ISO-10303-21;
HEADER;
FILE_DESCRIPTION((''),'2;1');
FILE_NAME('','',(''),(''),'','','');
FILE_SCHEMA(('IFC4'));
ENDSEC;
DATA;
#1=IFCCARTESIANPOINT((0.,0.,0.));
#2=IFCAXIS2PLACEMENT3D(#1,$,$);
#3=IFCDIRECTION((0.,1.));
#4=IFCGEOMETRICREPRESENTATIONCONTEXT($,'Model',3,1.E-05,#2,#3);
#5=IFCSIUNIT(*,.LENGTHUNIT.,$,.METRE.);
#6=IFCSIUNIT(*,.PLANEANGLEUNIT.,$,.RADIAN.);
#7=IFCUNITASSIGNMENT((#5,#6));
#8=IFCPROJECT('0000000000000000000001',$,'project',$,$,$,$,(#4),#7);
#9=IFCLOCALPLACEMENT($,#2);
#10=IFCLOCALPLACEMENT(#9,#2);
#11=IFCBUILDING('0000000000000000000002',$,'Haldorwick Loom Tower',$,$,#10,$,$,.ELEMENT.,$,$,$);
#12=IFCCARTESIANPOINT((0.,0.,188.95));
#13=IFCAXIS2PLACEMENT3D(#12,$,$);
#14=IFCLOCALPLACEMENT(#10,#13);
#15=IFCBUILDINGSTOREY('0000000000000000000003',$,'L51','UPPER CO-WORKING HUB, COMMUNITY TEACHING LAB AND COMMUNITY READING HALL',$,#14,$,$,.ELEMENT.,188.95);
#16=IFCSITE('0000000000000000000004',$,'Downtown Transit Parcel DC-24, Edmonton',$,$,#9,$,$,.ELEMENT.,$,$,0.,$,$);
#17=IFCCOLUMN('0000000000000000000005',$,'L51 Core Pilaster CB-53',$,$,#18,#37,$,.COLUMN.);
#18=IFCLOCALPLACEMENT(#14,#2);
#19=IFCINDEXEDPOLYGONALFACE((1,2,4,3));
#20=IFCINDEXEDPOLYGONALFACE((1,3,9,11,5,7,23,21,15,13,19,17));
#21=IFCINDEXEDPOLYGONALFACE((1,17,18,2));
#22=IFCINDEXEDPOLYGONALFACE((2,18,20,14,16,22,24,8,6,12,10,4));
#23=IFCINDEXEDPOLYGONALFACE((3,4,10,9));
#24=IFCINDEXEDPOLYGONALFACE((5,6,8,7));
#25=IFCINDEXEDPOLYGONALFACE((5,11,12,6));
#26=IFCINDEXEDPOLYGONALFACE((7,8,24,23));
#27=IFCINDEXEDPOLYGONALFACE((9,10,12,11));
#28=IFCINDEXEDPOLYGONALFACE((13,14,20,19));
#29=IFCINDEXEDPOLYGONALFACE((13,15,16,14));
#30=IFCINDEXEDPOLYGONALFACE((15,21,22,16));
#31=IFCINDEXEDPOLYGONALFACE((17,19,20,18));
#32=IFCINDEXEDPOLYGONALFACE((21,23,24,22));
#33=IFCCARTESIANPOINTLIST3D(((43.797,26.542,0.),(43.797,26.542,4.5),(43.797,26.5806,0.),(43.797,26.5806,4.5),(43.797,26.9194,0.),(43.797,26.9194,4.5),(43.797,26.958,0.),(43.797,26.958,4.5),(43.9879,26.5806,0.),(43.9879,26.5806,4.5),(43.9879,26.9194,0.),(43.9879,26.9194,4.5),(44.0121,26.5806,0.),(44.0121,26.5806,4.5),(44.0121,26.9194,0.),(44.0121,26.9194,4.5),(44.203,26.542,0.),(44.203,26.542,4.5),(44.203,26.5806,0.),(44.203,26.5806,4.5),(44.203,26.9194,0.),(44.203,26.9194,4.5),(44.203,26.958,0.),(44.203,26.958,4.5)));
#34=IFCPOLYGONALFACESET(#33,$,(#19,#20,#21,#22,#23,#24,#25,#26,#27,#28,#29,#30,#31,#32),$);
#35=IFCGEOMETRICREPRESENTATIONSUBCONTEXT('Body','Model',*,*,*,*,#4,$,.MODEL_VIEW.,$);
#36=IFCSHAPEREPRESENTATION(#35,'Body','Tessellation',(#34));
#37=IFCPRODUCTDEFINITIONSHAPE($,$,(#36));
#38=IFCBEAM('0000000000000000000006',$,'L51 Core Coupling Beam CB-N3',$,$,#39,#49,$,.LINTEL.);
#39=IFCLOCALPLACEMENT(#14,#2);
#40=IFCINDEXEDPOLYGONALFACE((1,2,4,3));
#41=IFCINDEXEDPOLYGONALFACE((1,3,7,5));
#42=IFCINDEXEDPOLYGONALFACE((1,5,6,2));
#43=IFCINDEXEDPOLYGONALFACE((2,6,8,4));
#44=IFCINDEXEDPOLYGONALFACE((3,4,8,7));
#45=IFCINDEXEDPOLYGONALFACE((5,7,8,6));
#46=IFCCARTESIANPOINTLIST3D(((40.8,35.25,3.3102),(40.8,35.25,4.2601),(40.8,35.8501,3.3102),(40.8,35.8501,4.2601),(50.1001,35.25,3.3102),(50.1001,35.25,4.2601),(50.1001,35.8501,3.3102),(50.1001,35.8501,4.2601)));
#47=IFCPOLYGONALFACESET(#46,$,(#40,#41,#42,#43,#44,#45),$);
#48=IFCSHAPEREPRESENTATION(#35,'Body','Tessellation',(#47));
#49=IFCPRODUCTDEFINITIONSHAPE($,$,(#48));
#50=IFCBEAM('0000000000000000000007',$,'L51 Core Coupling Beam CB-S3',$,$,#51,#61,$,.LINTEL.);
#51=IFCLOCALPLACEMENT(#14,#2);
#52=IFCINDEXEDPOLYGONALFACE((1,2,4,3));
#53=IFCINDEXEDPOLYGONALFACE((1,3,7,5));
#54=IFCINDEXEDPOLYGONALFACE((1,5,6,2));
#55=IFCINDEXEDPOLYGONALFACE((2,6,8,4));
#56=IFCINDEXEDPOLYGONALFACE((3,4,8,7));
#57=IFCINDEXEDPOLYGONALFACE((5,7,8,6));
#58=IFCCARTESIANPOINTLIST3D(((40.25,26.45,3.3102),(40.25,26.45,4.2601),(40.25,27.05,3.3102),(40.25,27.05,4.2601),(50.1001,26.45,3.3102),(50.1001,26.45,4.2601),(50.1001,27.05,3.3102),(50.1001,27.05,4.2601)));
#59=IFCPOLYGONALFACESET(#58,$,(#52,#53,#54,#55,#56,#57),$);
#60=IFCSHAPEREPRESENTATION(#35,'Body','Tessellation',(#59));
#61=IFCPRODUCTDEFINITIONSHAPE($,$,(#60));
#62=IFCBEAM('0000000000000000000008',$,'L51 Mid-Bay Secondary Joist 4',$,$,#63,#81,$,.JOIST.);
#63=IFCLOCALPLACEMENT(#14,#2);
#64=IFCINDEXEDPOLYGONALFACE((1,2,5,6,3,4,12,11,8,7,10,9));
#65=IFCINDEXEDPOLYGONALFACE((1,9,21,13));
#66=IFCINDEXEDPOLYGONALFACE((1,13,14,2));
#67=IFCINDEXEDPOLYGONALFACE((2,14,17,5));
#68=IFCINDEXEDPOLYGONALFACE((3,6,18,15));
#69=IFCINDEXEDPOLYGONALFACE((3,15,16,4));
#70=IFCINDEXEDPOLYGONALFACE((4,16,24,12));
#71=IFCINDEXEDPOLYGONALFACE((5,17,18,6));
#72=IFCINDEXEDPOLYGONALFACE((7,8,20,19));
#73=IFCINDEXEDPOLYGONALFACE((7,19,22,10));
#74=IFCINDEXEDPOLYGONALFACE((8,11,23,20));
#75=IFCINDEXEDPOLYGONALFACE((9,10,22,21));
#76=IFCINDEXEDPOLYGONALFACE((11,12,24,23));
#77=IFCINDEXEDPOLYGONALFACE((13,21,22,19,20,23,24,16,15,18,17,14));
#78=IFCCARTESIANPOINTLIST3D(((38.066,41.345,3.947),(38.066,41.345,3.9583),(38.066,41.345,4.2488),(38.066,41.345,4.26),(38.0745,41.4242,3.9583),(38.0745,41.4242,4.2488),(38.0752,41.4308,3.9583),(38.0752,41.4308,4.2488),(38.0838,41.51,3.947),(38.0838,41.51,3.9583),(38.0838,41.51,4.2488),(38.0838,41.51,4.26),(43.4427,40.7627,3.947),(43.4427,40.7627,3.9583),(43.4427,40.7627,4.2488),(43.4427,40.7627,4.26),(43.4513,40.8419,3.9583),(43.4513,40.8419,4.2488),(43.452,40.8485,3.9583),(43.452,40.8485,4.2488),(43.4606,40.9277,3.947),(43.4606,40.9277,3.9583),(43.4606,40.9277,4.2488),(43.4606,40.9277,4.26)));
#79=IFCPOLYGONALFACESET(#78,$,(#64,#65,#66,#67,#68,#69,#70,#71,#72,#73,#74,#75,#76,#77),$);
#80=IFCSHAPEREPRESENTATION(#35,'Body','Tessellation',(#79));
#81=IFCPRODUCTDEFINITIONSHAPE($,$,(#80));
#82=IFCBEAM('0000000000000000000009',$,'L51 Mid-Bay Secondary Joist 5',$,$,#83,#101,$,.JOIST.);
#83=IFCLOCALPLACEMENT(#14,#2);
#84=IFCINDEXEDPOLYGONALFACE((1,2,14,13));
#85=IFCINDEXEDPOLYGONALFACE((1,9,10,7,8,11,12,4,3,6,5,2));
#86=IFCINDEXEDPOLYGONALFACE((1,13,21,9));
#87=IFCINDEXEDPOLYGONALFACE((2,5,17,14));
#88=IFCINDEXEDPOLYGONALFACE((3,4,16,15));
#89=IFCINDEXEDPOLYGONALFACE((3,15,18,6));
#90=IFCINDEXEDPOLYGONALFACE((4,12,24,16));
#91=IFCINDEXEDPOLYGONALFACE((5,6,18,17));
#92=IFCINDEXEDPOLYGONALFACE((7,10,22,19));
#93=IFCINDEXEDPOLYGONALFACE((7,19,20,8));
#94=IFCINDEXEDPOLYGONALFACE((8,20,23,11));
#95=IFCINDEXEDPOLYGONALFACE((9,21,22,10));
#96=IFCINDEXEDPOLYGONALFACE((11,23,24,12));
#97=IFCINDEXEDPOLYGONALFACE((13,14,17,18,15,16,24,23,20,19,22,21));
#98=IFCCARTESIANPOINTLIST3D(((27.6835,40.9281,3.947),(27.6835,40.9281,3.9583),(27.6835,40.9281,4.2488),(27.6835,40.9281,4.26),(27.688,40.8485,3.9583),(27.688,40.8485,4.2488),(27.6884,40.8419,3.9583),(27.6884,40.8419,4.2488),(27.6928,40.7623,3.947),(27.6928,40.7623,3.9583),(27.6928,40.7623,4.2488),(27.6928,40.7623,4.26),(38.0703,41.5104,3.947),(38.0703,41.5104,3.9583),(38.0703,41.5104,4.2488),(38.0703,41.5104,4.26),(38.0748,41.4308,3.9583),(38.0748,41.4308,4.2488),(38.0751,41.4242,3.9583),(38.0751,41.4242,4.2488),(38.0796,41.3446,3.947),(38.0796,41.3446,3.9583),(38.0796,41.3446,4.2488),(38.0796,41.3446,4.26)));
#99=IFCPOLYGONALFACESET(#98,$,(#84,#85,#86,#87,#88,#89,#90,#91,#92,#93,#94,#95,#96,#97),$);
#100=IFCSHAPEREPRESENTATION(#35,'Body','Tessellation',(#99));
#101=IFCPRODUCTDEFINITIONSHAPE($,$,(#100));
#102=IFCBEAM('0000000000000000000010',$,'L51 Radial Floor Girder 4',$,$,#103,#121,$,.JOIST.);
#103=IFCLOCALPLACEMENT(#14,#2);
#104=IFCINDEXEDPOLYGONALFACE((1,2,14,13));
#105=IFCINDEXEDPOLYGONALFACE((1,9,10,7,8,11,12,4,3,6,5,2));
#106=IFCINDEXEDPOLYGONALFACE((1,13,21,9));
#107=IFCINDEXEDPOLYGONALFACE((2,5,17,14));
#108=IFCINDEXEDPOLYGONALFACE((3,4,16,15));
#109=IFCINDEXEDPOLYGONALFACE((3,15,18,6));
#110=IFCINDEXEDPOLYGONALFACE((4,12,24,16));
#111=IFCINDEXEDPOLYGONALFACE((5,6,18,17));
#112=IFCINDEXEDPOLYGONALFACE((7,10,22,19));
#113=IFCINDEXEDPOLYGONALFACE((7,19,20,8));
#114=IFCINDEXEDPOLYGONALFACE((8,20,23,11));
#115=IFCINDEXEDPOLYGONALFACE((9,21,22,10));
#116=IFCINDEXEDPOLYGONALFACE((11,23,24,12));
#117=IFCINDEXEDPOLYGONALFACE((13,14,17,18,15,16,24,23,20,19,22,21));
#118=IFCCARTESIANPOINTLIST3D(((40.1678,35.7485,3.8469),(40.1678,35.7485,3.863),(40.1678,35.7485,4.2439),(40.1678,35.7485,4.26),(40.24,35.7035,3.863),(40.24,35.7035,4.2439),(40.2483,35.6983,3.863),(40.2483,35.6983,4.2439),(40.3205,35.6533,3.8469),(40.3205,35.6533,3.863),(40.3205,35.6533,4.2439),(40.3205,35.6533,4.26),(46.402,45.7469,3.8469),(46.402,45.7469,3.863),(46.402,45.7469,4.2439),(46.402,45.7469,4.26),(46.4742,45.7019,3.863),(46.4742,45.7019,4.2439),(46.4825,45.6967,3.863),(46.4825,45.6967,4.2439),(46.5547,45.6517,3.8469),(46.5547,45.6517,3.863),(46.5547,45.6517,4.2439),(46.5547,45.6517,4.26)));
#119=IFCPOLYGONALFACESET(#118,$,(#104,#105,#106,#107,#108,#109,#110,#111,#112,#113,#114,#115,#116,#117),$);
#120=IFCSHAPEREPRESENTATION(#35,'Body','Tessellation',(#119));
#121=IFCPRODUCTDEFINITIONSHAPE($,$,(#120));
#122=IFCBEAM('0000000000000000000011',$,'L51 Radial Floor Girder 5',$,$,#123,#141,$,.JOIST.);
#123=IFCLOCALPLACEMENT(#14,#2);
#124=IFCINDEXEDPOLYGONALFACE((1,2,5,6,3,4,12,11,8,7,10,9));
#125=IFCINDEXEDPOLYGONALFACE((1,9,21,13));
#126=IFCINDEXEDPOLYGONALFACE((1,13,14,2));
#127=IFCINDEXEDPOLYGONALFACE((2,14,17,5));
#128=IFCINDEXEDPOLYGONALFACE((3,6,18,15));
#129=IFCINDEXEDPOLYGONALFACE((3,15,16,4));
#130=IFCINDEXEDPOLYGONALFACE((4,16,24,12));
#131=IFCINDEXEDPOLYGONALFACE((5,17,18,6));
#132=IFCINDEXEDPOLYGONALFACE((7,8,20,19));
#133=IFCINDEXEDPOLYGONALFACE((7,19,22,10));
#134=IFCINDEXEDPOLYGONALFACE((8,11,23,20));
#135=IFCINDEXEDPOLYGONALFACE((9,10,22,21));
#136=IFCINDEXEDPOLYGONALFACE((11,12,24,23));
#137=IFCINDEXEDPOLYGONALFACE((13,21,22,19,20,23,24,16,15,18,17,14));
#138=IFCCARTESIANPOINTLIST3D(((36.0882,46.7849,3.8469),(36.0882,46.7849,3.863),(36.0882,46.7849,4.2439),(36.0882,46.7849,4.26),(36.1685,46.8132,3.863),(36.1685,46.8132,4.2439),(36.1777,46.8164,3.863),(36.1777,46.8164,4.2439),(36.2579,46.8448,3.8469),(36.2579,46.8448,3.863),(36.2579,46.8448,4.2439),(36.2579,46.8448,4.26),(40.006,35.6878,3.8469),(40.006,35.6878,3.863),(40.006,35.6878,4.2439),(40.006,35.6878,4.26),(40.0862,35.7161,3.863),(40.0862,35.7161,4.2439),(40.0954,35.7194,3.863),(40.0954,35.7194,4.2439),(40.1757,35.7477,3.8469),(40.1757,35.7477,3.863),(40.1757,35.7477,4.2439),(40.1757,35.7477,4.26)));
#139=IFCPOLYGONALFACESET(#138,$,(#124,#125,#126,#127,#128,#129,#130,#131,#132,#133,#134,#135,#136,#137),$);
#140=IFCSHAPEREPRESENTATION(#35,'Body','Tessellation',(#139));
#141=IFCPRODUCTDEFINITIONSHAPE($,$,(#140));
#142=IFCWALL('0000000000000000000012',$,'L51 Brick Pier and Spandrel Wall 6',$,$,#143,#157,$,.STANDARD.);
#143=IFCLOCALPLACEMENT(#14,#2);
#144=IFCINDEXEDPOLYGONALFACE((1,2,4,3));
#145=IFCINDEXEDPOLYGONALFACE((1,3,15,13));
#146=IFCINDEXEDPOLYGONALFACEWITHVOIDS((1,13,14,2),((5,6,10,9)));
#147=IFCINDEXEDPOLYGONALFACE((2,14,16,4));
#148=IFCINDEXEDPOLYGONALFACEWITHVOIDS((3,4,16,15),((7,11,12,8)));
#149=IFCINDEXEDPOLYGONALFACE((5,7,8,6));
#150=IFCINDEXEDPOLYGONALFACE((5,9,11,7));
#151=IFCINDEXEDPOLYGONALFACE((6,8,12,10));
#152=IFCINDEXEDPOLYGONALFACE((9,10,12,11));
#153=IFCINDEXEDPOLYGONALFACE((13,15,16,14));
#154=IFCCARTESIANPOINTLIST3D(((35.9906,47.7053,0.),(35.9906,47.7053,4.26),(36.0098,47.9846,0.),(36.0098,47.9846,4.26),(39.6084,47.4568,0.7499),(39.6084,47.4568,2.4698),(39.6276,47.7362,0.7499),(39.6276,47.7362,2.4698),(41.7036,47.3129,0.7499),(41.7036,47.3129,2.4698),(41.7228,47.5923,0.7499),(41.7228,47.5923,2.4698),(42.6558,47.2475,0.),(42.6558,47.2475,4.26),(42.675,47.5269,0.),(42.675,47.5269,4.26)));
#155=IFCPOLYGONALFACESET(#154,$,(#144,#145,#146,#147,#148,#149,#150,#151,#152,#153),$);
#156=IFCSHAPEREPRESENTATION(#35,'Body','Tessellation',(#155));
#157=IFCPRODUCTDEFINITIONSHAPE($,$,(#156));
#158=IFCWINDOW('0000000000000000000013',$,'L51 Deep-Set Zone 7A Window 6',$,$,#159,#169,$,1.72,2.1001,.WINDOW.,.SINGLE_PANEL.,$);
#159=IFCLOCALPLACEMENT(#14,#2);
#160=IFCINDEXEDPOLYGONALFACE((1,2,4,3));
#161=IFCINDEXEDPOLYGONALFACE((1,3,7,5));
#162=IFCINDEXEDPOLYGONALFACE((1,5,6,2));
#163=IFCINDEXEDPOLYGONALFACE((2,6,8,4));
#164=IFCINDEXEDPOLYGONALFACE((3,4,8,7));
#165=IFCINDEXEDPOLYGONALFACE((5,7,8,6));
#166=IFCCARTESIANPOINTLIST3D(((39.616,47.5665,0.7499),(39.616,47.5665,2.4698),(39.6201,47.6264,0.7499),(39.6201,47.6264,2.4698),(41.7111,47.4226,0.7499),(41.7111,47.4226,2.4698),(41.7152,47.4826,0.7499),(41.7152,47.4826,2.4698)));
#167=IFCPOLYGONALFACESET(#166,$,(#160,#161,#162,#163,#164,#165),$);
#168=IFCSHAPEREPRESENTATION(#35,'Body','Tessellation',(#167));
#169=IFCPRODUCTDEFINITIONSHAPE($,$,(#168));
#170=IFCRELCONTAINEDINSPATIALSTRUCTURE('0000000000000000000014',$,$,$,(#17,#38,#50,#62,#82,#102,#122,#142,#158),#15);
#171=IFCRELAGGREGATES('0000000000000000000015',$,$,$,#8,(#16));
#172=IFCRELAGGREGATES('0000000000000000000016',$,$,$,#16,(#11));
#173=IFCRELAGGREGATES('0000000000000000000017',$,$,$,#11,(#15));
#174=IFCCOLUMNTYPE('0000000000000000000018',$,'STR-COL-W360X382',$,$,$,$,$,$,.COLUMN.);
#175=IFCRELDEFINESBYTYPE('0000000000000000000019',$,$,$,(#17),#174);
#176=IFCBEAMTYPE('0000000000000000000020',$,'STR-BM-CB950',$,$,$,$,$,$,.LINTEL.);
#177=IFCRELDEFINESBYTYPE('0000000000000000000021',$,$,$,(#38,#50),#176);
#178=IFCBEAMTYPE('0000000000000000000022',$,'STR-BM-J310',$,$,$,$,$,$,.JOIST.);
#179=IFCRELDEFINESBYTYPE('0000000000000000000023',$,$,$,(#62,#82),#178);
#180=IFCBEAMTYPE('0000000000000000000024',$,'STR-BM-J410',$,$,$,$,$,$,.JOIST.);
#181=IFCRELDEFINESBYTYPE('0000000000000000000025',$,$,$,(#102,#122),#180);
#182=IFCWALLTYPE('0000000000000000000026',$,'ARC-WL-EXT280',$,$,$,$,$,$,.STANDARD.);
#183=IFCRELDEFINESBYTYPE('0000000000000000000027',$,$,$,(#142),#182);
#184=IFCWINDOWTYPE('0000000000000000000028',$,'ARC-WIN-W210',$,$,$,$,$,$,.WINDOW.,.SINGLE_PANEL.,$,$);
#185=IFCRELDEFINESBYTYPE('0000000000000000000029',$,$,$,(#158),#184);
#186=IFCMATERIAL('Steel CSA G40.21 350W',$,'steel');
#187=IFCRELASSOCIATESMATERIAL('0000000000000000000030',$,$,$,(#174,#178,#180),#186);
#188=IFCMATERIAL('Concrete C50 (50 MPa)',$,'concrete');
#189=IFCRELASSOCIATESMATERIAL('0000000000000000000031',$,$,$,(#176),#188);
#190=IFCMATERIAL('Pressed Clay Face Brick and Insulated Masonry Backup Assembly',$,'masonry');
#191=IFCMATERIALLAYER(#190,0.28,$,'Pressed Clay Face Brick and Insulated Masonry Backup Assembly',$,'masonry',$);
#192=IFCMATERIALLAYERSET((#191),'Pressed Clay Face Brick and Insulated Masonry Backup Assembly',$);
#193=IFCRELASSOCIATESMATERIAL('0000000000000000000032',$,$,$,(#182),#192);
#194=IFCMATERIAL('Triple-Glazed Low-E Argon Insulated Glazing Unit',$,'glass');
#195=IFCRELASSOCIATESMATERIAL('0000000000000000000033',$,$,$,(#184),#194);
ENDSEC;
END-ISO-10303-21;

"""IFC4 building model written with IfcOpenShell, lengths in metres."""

from ifc_helpers import new_model, si_unit, direction, frame, frame_2d, origin, origin_2d, place, context, subcontext, project, spatial, rectangle, i_section, extrude, material, layer, layer_set, material_profile, profile_set, type_object, element, fill, save


model = new_model("IFC4")

# Units and contexts
model_context = context("Model", 3, precision=1e-05, world=origin(), true_north=direction((0.0, 1.0)))
body_context = subcontext(model_context, "Body", "Model", "MODEL_VIEW")
ifc_project = project(units=[si_unit("LENGTHUNIT", "METRE"), si_unit("PLANEANGLEUNIT", "RADIAN")], contexts=[model_context])

# Site, building, storey
site_placement = place(None, origin())
site = spatial("IfcSite", under=ifc_project, at=site_placement, Name="Downtown Transit Parcel DC-24, Edmonton", CompositionType="ELEMENT", RefElevation=0.0)
building_placement = place(site_placement, origin())
building = spatial("IfcBuilding", under=site, at=building_placement, Name="Haldorwick Loom Tower", CompositionType="ELEMENT")
storey_placement = place(building_placement, frame((0.0, 0.0, 188.95)))
storey = spatial("IfcBuildingStorey", under=building, at=storey_placement, Name="L51", Description="UPPER CO-WORKING HUB, COMMUNITY TEACHING LAB AND COMMUNITY READING HALL", CompositionType="ELEMENT", Elevation=188.95)

# Column
ifc_material_1 = material(Name="Steel CSA G40.21 350W", Category="steel")
ifc_material_profile_1 = material_profile(ifc_material_1, i_section(OverallWidth=0.406, OverallDepth=0.416, WebThickness=0.0242, FlangeThickness=0.0386, at=origin_2d()), Name="W360X382", Category="steel")
ifc_profile_set_1 = profile_set([ifc_material_profile_1], Name="Steel CSA G40.21 350W")
column_type_1 = type_object("IfcColumnType", Name="STR-COL-W360X382", PredefinedType="COLUMN", material=ifc_profile_set_1)
for number, where, z_axis, x_axis, name in (
    (1, (44.0, 26.75, 0.0), (0.0, 0.0, 1.0), (1.0, 0.0, 0.0), "L51 Core Pilaster CB-53"),
):
    element("IfcColumn", number, at=place(storey_placement, frame(where, z_axis=z_axis, x_axis=x_axis)), inside=storey, type_object=column_type_1, Name=name, PredefinedType="COLUMN", context=body_context, shape_type="SweptSolid", body=[
        extrude(i_section(OverallWidth=0.406, OverallDepth=0.416, WebThickness=0.0242, FlangeThickness=0.0386, at=origin_2d()), origin(), (0.0, 0.0, 1.0), 4.5),
    ])

# Beams
ifc_material_2 = material(Name="Concrete C50 (50 MPa)", Category="concrete")
ifc_material_profile_2 = material_profile(ifc_material_2, rectangle(XDim=0.6001, YDim=0.95, at=origin_2d()), Name="RC600X950", Category="concrete")
ifc_profile_set_2 = profile_set([ifc_material_profile_2], Name="Concrete C50 (50 MPa)")
beam_type_1 = type_object("IfcBeamType", Name="STR-BM-CB950", PredefinedType="LINTEL", material=ifc_profile_set_2)
beam_1_placement = place(storey_placement, frame((40.8, 35.55, 3.7852), z_axis=(1.0, 0.0, 0.0), x_axis=(0.0, 1.0, 0.0)))
element("IfcBeam", 2, at=beam_1_placement, inside=storey, type_object=beam_type_1, Name="L51 Core Coupling Beam CB-N3", PredefinedType="LINTEL", context=body_context, shape_type="SweptSolid", body=[
    extrude(rectangle(XDim=0.6001, YDim=0.95, at=origin_2d()), origin(), (0.0, 0.0, 1.0), 9.3),
])
beam_2_placement = place(storey_placement, frame((40.25, 26.75, 3.7852), z_axis=(1.0, 0.0, 0.0), x_axis=(0.0, 1.0, 0.0)))
element("IfcBeam", 3, at=beam_2_placement, inside=storey, type_object=beam_type_1, Name="L51 Core Coupling Beam CB-S3", PredefinedType="LINTEL", context=body_context, shape_type="SweptSolid", body=[
    extrude(rectangle(XDim=0.6001, YDim=0.95, at=origin_2d()), origin(), (0.0, 0.0, 1.0), 9.8501),
])
ifc_material_profile_3 = material_profile(ifc_material_1, i_section(OverallWidth=0.166, OverallDepth=0.313, WebThickness=0.0066, FlangeThickness=0.0112, at=origin_2d()), Name="W310X45", Category="steel")
ifc_profile_set_3 = profile_set([ifc_material_profile_3], Name="Steel CSA G40.21 350W")
beam_type_2 = type_object("IfcBeamType", Name="STR-BM-J310", PredefinedType="JOIST", material=ifc_profile_set_3)
beam_3_placement = place(storey_placement, frame((43.4517, 40.8452, 4.1035), z_axis=(-0.994187, 0.107666, 0.0), x_axis=(-0.107666, -0.994187, 0.0)))
element("IfcBeam", 4, at=beam_3_placement, inside=storey, type_object=beam_type_2, Name="L51 Mid-Bay Secondary Joist 4", PredefinedType="JOIST", context=body_context, shape_type="SweptSolid", body=[
    extrude(i_section(OverallWidth=0.166, OverallDepth=0.313, WebThickness=0.0066, FlangeThickness=0.0112, at=origin_2d()), origin(), (0.0, 0.0, 1.0), 5.4082),
])
beam_4_placement = place(storey_placement, frame((38.075, 41.4275, 4.1035), z_axis=(-0.998432, -0.055972, 0.0), x_axis=(0.055972, -0.998432, 0.0)))
element("IfcBeam", 5, at=beam_4_placement, inside=storey, type_object=beam_type_2, Name="L51 Mid-Bay Secondary Joist 5", PredefinedType="JOIST", context=body_context, shape_type="SweptSolid", body=[
    extrude(i_section(OverallWidth=0.166, OverallDepth=0.313, WebThickness=0.0066, FlangeThickness=0.0112, at=origin_2d()), origin(), (0.0, 0.0, 1.0), 10.4031),
])
ifc_material_profile_4 = material_profile(ifc_material_1, i_section(OverallWidth=0.1799, OverallDepth=0.4131, WebThickness=0.0098, FlangeThickness=0.0161, at=origin_2d()), Name="W410X74", Category="steel")
ifc_profile_set_4 = profile_set([ifc_material_profile_4], Name="Steel CSA G40.21 350W")
beam_type_3 = type_object("IfcBeamType", Name="STR-BM-J410", PredefinedType="JOIST", material=ifc_profile_set_4)
beam_5_placement = place(storey_placement, frame((40.2441, 35.7009, 4.0535), z_axis=(0.529095, 0.848562, 0.0), x_axis=(-0.848562, 0.529095, 0.0)))
element("IfcBeam", 6, at=beam_5_placement, inside=storey, type_object=beam_type_3, Name="L51 Radial Floor Girder 4", PredefinedType="JOIST", context=body_context, shape_type="SweptSolid", body=[
    extrude(i_section(OverallWidth=0.1799, OverallDepth=0.4131, WebThickness=0.0098, FlangeThickness=0.0161, at=origin_2d()), origin(), (0.0, 0.0, 1.0), 11.7827),
])
beam_6_placement = place(storey_placement, frame((40.0908, 35.7178, 4.0535), z_axis=(-0.332908, 0.942959, 0.0), x_axis=(-0.942959, -0.332908, 0.0)))
element("IfcBeam", 7, at=beam_6_placement, inside=storey, type_object=beam_type_3, Name="L51 Radial Floor Girder 5", PredefinedType="JOIST", context=body_context, shape_type="SweptSolid", body=[
    extrude(i_section(OverallWidth=0.1799, OverallDepth=0.4131, WebThickness=0.0098, FlangeThickness=0.0161, at=origin_2d()), origin(), (0.0, 0.0, 1.0), 11.7683),
])

# Wall, opening, window
ifc_material_3 = material(Name="Pressed Clay Face Brick and Insulated Masonry Backup Assembly", Category="masonry")
ifc_layer_1 = layer(ifc_material_3, 0.28, Name="Pressed Clay Face Brick and Insulated Masonry Backup Assembly", Category="masonry")
ifc_layer_set_1 = layer_set([ifc_layer_1], Name="Pressed Clay Face Brick and Insulated Masonry Backup Assembly")
wall_type_1 = type_object("IfcWallType", Name="ARC-WL-EXT280", PredefinedType="STANDARD", material=ifc_layer_set_1)
wall_1_placement = place(storey_placement, frame((42.6653, 47.3872, 0.0), z_axis=(0.0, 0.0, 1.0), x_axis=(-0.99765, 0.068517, 0.0)))
wall_1 = element("IfcWall", 8, at=wall_1_placement, inside=storey, type_object=wall_type_1, Name="L51 Brick Pier and Spandrel Wall 6", PredefinedType="STANDARD", context=body_context, shape_type="SweptSolid", body=[
    extrude(rectangle(XDim=6.6809, YDim=0.28, at=frame_2d((3.3403, 0.0))), origin(), (0.0, 0.0, 1.0), 4.26),
])
opening_1_placement = place(wall_1_placement, frame((0.9543, 0.0, 0.75)))
opening_1 = element("IfcOpeningElement", 9, at=opening_1_placement, cuts=wall_1, PredefinedType="OPENING", context=body_context, shape_type="SweptSolid", body=[
    extrude(rectangle(XDim=2.1001, YDim=1.72, at=frame_2d((1.05, 0.8599))), frame((0.0, 0.1499, 0.0), z_axis=(0.0, -1.0, 0.0), x_axis=(1.0, 0.0, 0.0)), (0.0, 0.0, 1.0), 0.3),
])
ifc_material_4 = material(Name="Triple-Glazed Low-E Argon Insulated Glazing Unit", Category="glass")
window_type = type_object("IfcWindowType", Name="ARC-WIN-W210", PartitioningType="SINGLE_PANEL", PredefinedType="WINDOW", material=ifc_material_4)
window_placement = place(opening_1_placement, origin())
window = element("IfcWindow", 10, at=window_placement, inside=storey, type_object=window_type, Name="L51 Deep-Set Zone 7A Window 6", OverallHeight=1.72, OverallWidth=2.1001, PartitioningType="SINGLE_PANEL", PredefinedType="WINDOW", context=body_context, shape_type="SweptSolid", body=[
    extrude(rectangle(XDim=2.1001, YDim=1.72, at=frame_2d((1.05, 0.8599))), frame((0.0, 0.03, 0.0), z_axis=(0.0, -1.0, 0.0), x_axis=(1.0, 0.0, 0.0)), (0.0, 0.0, 1.0), 0.0601),
])
fill(opening_1, window)

save(model, "model.ifc")
